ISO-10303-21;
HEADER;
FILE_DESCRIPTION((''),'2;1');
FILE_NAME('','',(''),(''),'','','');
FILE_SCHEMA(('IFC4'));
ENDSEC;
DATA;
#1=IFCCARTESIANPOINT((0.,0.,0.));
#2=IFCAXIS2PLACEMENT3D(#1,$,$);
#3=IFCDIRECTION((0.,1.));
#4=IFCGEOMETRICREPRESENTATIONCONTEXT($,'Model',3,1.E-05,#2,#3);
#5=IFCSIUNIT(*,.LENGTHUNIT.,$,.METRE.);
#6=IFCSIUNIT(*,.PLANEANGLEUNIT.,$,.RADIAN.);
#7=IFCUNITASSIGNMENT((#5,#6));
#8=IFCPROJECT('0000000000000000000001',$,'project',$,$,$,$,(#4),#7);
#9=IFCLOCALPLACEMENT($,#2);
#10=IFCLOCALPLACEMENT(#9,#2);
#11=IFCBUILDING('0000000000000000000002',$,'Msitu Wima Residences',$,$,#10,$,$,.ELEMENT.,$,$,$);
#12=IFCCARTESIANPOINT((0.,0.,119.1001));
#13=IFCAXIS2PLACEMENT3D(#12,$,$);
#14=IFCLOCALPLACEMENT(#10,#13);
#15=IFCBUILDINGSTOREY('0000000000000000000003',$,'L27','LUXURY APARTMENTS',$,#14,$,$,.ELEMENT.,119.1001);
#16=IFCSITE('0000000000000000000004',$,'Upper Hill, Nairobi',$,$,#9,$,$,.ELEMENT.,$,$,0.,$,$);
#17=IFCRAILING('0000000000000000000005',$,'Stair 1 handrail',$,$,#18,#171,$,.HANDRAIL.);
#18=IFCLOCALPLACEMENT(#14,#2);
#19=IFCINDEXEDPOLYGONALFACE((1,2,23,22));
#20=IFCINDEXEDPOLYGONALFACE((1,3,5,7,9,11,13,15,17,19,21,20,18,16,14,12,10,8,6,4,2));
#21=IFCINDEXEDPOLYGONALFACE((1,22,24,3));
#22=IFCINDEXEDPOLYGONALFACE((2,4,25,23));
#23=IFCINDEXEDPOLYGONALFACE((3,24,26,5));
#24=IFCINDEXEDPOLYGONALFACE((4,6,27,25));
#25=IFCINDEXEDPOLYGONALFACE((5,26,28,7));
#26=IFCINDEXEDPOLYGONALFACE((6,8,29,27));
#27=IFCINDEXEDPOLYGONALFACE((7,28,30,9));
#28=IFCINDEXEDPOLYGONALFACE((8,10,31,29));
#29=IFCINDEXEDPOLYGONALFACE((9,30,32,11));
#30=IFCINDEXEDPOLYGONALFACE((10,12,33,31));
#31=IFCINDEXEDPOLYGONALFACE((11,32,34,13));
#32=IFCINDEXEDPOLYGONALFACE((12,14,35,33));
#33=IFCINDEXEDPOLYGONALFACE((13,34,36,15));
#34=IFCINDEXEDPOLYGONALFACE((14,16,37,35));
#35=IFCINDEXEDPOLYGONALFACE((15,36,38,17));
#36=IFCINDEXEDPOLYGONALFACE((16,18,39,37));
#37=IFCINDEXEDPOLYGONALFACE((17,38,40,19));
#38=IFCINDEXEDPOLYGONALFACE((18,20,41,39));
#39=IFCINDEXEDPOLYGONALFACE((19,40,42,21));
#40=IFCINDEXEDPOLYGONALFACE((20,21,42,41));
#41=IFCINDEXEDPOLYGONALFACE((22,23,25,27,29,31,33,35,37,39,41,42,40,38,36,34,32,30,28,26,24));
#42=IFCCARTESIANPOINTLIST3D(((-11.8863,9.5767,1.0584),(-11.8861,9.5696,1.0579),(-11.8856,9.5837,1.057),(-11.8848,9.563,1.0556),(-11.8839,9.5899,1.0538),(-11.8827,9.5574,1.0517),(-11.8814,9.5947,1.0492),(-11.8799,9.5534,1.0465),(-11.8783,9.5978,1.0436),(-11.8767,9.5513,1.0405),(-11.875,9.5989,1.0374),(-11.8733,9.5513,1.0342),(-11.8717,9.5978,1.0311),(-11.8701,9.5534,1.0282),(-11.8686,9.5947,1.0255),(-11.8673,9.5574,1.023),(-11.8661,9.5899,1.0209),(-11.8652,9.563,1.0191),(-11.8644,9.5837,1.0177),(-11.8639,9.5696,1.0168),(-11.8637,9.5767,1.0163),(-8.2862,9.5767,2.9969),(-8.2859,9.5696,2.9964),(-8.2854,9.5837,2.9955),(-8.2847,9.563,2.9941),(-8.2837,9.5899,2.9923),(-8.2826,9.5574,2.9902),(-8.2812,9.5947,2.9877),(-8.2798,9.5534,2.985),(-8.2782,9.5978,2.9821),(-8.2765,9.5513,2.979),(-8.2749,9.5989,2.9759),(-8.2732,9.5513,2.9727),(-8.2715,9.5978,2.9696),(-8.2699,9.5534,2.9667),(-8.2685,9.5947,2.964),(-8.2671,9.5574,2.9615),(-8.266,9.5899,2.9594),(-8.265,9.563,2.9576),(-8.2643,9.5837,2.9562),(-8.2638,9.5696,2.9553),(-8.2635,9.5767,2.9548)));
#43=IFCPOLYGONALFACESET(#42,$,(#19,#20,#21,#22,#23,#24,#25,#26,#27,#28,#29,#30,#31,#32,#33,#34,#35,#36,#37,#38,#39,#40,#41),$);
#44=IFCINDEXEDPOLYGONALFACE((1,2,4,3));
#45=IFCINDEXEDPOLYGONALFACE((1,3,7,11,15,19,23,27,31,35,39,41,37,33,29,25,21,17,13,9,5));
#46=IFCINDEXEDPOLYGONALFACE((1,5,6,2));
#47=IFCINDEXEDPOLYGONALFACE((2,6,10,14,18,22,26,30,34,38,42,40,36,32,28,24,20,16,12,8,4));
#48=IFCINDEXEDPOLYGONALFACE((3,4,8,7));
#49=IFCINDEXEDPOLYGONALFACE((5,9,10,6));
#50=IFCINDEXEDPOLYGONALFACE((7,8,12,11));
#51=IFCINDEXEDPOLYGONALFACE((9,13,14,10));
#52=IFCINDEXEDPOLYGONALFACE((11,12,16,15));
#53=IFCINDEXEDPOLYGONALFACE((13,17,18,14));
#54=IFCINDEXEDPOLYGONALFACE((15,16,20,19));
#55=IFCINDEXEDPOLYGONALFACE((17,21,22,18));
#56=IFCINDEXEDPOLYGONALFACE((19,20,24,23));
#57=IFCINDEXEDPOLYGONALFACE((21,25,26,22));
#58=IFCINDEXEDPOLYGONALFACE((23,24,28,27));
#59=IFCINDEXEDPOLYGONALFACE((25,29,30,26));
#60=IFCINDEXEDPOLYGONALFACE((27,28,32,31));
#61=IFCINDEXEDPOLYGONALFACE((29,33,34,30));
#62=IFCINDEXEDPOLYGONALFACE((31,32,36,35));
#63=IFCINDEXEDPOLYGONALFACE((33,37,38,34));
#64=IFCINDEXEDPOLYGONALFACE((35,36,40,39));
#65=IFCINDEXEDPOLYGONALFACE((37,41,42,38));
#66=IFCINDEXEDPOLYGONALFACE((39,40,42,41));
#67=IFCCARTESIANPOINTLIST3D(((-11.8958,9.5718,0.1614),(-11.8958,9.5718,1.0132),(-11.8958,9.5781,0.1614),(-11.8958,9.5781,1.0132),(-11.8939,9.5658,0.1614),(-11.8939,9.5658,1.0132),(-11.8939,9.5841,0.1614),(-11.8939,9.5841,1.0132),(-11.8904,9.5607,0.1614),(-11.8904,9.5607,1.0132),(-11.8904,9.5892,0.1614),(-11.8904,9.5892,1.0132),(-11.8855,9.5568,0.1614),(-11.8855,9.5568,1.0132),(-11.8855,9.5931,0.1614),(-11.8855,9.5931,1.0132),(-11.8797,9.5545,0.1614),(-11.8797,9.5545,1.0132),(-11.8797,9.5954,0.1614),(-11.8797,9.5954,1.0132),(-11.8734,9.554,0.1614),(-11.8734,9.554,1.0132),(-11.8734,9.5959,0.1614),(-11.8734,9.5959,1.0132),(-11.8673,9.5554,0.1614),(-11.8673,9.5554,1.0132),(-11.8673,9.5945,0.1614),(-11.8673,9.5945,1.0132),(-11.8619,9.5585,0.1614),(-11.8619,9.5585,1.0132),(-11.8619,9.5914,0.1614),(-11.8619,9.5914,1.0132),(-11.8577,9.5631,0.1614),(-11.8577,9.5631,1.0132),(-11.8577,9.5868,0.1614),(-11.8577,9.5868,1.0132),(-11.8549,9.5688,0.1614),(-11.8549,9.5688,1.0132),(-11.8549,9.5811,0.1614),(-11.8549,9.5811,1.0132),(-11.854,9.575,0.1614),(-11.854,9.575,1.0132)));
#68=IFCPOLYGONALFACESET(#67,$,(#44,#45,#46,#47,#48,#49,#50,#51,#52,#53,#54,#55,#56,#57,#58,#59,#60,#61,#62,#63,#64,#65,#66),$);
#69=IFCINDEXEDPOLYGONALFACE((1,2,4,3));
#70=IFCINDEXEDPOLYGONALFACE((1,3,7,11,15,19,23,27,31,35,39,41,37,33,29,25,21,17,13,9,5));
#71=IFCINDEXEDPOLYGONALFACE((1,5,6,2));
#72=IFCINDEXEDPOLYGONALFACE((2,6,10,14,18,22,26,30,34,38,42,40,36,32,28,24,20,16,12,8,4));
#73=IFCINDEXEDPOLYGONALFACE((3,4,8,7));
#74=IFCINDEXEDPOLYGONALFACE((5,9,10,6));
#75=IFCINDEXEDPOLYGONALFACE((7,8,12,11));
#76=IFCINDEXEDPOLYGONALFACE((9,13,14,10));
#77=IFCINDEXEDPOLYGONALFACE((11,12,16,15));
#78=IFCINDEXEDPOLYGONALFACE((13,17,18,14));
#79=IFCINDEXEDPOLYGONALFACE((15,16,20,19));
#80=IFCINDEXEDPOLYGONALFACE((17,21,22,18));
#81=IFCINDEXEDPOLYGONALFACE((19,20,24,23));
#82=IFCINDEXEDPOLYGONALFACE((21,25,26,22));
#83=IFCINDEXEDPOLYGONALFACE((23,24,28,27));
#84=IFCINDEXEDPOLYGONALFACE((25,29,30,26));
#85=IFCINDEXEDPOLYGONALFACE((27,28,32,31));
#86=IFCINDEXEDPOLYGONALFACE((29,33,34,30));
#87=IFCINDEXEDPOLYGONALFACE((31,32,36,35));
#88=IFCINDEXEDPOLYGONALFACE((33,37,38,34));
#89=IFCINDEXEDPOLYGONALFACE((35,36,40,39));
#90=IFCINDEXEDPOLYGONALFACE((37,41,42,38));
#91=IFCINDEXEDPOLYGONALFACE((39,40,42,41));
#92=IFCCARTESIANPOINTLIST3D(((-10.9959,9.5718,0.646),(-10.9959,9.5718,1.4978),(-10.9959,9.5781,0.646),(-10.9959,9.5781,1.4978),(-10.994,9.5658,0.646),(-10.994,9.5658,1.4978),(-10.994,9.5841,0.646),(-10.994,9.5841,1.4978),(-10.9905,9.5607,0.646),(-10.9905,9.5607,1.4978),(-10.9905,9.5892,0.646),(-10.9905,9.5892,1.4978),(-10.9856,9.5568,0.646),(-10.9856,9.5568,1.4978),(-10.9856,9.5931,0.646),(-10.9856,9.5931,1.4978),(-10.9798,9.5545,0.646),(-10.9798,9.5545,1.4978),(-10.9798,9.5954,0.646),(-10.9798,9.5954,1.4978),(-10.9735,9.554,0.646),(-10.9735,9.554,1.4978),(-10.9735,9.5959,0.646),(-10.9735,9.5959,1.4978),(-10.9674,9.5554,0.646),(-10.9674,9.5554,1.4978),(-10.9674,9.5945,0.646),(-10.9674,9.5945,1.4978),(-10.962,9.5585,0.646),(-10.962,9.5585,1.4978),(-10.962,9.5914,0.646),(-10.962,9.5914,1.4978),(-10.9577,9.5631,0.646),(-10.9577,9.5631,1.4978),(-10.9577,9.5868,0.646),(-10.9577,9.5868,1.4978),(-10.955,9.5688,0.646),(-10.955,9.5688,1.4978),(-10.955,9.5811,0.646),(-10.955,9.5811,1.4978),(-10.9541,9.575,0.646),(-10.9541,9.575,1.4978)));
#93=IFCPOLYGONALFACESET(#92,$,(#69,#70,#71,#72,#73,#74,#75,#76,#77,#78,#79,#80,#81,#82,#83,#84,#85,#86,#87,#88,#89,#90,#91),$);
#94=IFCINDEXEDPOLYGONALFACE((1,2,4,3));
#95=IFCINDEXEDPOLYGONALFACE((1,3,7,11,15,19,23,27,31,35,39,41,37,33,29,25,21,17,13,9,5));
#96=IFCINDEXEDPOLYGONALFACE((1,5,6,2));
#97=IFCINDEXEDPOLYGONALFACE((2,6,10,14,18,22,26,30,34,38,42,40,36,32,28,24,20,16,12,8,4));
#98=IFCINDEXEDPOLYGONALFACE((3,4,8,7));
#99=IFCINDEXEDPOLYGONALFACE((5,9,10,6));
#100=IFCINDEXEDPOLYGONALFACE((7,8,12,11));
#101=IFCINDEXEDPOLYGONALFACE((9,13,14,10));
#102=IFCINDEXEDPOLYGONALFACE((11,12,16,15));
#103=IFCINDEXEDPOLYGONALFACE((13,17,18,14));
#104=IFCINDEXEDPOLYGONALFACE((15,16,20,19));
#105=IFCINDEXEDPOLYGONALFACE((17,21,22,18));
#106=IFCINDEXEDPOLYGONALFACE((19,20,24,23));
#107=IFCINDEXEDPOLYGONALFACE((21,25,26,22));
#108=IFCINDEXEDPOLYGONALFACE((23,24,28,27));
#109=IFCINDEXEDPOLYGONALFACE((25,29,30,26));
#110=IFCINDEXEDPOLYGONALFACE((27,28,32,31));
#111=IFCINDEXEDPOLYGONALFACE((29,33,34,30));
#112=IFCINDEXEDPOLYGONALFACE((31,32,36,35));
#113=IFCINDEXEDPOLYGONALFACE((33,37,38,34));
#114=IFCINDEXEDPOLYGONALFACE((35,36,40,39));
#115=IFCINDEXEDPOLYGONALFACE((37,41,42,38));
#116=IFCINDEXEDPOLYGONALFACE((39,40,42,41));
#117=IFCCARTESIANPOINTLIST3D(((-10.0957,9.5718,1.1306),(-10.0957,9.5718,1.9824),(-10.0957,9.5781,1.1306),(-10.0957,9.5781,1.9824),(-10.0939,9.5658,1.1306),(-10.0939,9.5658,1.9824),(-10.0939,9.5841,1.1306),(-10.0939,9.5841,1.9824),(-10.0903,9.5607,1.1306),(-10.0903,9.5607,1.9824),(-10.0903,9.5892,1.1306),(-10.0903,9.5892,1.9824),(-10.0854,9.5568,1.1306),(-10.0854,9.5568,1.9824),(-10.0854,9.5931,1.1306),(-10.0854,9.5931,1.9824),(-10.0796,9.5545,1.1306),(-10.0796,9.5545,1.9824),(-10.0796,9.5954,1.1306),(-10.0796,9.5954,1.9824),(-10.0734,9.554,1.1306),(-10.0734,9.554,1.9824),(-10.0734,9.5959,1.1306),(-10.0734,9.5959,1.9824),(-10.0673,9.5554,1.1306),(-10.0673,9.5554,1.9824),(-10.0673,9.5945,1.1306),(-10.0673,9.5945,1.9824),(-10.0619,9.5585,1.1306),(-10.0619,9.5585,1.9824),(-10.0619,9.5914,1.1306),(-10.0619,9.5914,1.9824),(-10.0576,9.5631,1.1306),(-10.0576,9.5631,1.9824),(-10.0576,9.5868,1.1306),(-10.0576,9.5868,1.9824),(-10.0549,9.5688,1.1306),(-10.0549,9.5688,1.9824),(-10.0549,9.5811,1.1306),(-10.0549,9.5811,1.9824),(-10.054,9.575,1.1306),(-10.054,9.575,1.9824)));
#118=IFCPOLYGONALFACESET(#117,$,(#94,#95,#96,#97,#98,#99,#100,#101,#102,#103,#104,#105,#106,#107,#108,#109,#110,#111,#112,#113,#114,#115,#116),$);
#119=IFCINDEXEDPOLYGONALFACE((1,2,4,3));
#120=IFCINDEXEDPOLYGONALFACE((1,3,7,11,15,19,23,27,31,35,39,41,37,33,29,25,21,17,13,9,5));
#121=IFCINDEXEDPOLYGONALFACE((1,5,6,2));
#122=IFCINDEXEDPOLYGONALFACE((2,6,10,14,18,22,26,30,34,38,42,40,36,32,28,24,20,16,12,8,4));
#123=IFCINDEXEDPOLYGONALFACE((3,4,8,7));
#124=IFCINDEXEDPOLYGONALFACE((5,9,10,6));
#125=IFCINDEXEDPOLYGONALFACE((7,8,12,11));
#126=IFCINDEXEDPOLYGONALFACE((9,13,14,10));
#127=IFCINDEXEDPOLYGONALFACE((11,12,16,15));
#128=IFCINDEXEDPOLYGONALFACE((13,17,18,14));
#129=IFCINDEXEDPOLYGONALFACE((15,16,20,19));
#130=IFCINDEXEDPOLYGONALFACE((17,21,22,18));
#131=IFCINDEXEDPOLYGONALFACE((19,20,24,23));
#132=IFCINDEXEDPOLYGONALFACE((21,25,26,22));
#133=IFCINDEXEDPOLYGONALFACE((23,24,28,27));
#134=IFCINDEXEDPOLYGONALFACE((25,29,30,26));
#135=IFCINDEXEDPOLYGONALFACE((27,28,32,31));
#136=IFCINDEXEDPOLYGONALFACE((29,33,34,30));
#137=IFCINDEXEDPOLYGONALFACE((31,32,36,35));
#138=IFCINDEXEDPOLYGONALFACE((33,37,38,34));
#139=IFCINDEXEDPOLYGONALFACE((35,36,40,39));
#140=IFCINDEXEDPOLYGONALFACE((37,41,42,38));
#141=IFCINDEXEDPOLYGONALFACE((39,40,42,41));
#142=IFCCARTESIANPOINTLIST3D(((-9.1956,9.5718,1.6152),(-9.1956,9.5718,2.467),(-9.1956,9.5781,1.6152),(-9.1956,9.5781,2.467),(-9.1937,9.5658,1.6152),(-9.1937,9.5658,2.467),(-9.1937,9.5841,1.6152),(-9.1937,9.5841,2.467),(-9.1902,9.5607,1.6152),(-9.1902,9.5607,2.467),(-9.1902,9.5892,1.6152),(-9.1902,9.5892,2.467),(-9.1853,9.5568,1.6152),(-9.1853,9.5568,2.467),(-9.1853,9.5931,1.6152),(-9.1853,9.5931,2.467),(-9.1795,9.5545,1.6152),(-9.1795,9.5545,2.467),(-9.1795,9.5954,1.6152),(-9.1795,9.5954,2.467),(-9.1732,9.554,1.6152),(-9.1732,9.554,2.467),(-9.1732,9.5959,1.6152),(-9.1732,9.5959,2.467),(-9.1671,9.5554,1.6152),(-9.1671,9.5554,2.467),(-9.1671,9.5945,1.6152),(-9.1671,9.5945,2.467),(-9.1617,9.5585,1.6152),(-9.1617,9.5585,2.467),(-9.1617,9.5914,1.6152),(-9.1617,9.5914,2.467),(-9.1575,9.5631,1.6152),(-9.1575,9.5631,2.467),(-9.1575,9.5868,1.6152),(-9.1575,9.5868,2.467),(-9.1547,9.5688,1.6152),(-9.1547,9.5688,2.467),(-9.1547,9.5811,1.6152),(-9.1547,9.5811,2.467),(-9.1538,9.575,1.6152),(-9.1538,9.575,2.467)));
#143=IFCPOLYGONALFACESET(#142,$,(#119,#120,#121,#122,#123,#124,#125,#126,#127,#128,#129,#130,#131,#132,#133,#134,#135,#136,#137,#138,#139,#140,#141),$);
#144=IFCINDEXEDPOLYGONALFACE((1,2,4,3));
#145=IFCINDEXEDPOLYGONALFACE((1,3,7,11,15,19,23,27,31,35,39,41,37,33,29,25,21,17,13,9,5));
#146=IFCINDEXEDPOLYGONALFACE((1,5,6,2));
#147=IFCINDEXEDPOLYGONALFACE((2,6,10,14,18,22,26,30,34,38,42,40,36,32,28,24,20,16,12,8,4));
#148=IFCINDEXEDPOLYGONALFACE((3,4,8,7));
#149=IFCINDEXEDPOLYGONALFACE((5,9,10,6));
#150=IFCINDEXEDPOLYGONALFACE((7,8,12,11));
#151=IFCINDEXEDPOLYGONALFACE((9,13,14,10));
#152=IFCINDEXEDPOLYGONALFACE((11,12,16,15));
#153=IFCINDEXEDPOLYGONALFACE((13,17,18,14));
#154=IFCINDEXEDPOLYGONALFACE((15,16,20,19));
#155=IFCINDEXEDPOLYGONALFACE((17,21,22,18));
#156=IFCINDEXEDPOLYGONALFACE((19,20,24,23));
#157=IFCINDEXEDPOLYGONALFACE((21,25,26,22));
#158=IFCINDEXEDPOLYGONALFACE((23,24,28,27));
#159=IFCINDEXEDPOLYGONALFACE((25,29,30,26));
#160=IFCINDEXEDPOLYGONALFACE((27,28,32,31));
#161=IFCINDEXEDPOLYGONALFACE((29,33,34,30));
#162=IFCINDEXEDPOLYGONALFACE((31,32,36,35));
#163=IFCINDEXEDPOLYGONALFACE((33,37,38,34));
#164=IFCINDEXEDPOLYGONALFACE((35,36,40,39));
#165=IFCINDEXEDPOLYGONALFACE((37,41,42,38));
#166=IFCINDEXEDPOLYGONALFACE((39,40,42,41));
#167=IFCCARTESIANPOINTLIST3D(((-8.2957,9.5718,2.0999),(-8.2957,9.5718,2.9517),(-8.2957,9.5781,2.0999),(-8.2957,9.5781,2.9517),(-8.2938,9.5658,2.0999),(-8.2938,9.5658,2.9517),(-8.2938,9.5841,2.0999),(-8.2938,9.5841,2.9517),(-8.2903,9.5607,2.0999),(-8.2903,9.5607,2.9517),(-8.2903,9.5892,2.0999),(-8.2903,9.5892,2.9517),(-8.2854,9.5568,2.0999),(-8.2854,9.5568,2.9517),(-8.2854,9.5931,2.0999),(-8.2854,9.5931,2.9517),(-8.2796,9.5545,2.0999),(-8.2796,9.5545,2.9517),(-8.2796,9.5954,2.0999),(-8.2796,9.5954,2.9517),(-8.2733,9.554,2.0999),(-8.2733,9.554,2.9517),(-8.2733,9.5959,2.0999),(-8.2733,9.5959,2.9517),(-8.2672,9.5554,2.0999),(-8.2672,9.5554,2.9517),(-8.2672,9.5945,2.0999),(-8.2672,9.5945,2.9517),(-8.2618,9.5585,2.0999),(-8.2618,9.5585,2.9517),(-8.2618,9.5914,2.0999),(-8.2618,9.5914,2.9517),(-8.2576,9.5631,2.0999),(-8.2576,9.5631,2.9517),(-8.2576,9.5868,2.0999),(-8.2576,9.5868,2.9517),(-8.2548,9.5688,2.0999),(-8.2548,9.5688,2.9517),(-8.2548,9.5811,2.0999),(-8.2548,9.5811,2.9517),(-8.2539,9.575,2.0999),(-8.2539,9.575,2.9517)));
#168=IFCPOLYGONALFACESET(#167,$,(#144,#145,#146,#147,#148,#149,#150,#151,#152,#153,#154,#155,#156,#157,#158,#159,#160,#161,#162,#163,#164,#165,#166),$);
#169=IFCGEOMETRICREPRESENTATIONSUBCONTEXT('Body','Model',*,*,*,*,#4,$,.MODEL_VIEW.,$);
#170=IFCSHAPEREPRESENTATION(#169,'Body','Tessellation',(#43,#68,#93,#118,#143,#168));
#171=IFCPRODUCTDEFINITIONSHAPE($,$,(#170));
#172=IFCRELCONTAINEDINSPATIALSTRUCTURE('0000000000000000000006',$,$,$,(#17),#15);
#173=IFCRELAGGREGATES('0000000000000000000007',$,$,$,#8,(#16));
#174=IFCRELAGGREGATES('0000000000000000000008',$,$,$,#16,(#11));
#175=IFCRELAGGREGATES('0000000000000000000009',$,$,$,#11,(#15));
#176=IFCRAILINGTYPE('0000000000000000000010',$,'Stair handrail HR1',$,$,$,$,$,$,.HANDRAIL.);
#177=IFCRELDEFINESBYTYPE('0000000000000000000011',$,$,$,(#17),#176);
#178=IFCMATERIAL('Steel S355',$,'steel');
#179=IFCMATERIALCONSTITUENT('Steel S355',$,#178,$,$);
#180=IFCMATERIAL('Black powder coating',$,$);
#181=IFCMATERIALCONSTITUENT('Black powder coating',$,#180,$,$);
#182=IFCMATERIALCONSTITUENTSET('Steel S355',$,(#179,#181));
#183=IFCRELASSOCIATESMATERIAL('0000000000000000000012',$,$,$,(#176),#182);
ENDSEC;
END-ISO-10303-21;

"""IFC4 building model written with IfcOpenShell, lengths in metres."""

from ifc_helpers import new_model, si_unit, direction, frame, origin, origin_2d, place, context, subcontext, project, spatial, circle, extrude, material, constituent, constituent_set, type_object, element, save


model = new_model("IFC4")

# Units and contexts
model_context = context("Model", 3, precision=1e-05, world=origin(), true_north=direction((0.0, 1.0)))
body_context = subcontext(model_context, "Body", "Model", "MODEL_VIEW")
ifc_project = project(units=[si_unit("LENGTHUNIT", "METRE"), si_unit("PLANEANGLEUNIT", "RADIAN")], contexts=[model_context])

# Site, building, storey
site_placement = place(None, origin())
site = spatial("IfcSite", under=ifc_project, at=site_placement, Name="Upper Hill, Nairobi", CompositionType="ELEMENT", RefElevation=0.0)
building_placement = place(site_placement, origin())
building = spatial("IfcBuilding", under=site, at=building_placement, Name="Msitu Wima Residences", CompositionType="ELEMENT")
storey_placement = place(building_placement, frame((0.0, 0.0, 119.1001)))
storey = spatial("IfcBuildingStorey", under=building, at=storey_placement, Name="L27", Description="LUXURY APARTMENTS", CompositionType="ELEMENT", Elevation=119.1001)

# Railing
ifc_material_1 = material(Name="Steel S355", Category="steel")
ifc_constituent_1 = constituent(ifc_material_1, Name="Steel S355")
ifc_material_2 = material(Name="Black powder coating")
ifc_constituent_2 = constituent(ifc_material_2, Name="Black powder coating")
ifc_constituent_set = constituent_set(constituents=[ifc_constituent_1, ifc_constituent_2], Name="Steel S355")
railing_type = type_object("IfcRailingType", Name="Stair handrail HR1", PredefinedType="HANDRAIL", material=ifc_constituent_set)
for number, where, name in (
    (1, (-11.875, 9.575, 0.1614), "Stair 1 handrail"),
):
    element("IfcRailing", number, at=place(storey_placement, frame(where)), inside=storey, type_object=railing_type, Name=name, PredefinedType="HANDRAIL", context=body_context, shape_type="SweptSolid", body=[
        extrude(circle(Radius=0.0239, at=origin_2d()), frame((0.0, 0.0, 0.876), z_axis=(0.880475, 0.0, 0.474093), x_axis=(0.0, 1.0, 0.0)), (0.0, 0.0, 1.0), 4.0889),
        extrude(circle(Radius=0.021, at=origin_2d()), origin(), (0.0, 0.0, 1.0), 0.8518),
        extrude(circle(Radius=0.021, at=origin_2d()), frame((0.8999, 0.0, 0.4846)), (0.0, 0.0, 1.0), 0.8518),
        extrude(circle(Radius=0.021, at=origin_2d()), frame((1.8, 0.0, 0.9692)), (0.0, 0.0, 1.0), 0.8518),
        extrude(circle(Radius=0.021, at=origin_2d()), frame((2.7002, 0.0, 1.4539)), (0.0, 0.0, 1.0), 0.8518),
        extrude(circle(Radius=0.021, at=origin_2d()), frame((3.6001, 0.0, 1.9385)), (0.0, 0.0, 1.0), 0.8518),
    ])

save(model, "model.ifc")
